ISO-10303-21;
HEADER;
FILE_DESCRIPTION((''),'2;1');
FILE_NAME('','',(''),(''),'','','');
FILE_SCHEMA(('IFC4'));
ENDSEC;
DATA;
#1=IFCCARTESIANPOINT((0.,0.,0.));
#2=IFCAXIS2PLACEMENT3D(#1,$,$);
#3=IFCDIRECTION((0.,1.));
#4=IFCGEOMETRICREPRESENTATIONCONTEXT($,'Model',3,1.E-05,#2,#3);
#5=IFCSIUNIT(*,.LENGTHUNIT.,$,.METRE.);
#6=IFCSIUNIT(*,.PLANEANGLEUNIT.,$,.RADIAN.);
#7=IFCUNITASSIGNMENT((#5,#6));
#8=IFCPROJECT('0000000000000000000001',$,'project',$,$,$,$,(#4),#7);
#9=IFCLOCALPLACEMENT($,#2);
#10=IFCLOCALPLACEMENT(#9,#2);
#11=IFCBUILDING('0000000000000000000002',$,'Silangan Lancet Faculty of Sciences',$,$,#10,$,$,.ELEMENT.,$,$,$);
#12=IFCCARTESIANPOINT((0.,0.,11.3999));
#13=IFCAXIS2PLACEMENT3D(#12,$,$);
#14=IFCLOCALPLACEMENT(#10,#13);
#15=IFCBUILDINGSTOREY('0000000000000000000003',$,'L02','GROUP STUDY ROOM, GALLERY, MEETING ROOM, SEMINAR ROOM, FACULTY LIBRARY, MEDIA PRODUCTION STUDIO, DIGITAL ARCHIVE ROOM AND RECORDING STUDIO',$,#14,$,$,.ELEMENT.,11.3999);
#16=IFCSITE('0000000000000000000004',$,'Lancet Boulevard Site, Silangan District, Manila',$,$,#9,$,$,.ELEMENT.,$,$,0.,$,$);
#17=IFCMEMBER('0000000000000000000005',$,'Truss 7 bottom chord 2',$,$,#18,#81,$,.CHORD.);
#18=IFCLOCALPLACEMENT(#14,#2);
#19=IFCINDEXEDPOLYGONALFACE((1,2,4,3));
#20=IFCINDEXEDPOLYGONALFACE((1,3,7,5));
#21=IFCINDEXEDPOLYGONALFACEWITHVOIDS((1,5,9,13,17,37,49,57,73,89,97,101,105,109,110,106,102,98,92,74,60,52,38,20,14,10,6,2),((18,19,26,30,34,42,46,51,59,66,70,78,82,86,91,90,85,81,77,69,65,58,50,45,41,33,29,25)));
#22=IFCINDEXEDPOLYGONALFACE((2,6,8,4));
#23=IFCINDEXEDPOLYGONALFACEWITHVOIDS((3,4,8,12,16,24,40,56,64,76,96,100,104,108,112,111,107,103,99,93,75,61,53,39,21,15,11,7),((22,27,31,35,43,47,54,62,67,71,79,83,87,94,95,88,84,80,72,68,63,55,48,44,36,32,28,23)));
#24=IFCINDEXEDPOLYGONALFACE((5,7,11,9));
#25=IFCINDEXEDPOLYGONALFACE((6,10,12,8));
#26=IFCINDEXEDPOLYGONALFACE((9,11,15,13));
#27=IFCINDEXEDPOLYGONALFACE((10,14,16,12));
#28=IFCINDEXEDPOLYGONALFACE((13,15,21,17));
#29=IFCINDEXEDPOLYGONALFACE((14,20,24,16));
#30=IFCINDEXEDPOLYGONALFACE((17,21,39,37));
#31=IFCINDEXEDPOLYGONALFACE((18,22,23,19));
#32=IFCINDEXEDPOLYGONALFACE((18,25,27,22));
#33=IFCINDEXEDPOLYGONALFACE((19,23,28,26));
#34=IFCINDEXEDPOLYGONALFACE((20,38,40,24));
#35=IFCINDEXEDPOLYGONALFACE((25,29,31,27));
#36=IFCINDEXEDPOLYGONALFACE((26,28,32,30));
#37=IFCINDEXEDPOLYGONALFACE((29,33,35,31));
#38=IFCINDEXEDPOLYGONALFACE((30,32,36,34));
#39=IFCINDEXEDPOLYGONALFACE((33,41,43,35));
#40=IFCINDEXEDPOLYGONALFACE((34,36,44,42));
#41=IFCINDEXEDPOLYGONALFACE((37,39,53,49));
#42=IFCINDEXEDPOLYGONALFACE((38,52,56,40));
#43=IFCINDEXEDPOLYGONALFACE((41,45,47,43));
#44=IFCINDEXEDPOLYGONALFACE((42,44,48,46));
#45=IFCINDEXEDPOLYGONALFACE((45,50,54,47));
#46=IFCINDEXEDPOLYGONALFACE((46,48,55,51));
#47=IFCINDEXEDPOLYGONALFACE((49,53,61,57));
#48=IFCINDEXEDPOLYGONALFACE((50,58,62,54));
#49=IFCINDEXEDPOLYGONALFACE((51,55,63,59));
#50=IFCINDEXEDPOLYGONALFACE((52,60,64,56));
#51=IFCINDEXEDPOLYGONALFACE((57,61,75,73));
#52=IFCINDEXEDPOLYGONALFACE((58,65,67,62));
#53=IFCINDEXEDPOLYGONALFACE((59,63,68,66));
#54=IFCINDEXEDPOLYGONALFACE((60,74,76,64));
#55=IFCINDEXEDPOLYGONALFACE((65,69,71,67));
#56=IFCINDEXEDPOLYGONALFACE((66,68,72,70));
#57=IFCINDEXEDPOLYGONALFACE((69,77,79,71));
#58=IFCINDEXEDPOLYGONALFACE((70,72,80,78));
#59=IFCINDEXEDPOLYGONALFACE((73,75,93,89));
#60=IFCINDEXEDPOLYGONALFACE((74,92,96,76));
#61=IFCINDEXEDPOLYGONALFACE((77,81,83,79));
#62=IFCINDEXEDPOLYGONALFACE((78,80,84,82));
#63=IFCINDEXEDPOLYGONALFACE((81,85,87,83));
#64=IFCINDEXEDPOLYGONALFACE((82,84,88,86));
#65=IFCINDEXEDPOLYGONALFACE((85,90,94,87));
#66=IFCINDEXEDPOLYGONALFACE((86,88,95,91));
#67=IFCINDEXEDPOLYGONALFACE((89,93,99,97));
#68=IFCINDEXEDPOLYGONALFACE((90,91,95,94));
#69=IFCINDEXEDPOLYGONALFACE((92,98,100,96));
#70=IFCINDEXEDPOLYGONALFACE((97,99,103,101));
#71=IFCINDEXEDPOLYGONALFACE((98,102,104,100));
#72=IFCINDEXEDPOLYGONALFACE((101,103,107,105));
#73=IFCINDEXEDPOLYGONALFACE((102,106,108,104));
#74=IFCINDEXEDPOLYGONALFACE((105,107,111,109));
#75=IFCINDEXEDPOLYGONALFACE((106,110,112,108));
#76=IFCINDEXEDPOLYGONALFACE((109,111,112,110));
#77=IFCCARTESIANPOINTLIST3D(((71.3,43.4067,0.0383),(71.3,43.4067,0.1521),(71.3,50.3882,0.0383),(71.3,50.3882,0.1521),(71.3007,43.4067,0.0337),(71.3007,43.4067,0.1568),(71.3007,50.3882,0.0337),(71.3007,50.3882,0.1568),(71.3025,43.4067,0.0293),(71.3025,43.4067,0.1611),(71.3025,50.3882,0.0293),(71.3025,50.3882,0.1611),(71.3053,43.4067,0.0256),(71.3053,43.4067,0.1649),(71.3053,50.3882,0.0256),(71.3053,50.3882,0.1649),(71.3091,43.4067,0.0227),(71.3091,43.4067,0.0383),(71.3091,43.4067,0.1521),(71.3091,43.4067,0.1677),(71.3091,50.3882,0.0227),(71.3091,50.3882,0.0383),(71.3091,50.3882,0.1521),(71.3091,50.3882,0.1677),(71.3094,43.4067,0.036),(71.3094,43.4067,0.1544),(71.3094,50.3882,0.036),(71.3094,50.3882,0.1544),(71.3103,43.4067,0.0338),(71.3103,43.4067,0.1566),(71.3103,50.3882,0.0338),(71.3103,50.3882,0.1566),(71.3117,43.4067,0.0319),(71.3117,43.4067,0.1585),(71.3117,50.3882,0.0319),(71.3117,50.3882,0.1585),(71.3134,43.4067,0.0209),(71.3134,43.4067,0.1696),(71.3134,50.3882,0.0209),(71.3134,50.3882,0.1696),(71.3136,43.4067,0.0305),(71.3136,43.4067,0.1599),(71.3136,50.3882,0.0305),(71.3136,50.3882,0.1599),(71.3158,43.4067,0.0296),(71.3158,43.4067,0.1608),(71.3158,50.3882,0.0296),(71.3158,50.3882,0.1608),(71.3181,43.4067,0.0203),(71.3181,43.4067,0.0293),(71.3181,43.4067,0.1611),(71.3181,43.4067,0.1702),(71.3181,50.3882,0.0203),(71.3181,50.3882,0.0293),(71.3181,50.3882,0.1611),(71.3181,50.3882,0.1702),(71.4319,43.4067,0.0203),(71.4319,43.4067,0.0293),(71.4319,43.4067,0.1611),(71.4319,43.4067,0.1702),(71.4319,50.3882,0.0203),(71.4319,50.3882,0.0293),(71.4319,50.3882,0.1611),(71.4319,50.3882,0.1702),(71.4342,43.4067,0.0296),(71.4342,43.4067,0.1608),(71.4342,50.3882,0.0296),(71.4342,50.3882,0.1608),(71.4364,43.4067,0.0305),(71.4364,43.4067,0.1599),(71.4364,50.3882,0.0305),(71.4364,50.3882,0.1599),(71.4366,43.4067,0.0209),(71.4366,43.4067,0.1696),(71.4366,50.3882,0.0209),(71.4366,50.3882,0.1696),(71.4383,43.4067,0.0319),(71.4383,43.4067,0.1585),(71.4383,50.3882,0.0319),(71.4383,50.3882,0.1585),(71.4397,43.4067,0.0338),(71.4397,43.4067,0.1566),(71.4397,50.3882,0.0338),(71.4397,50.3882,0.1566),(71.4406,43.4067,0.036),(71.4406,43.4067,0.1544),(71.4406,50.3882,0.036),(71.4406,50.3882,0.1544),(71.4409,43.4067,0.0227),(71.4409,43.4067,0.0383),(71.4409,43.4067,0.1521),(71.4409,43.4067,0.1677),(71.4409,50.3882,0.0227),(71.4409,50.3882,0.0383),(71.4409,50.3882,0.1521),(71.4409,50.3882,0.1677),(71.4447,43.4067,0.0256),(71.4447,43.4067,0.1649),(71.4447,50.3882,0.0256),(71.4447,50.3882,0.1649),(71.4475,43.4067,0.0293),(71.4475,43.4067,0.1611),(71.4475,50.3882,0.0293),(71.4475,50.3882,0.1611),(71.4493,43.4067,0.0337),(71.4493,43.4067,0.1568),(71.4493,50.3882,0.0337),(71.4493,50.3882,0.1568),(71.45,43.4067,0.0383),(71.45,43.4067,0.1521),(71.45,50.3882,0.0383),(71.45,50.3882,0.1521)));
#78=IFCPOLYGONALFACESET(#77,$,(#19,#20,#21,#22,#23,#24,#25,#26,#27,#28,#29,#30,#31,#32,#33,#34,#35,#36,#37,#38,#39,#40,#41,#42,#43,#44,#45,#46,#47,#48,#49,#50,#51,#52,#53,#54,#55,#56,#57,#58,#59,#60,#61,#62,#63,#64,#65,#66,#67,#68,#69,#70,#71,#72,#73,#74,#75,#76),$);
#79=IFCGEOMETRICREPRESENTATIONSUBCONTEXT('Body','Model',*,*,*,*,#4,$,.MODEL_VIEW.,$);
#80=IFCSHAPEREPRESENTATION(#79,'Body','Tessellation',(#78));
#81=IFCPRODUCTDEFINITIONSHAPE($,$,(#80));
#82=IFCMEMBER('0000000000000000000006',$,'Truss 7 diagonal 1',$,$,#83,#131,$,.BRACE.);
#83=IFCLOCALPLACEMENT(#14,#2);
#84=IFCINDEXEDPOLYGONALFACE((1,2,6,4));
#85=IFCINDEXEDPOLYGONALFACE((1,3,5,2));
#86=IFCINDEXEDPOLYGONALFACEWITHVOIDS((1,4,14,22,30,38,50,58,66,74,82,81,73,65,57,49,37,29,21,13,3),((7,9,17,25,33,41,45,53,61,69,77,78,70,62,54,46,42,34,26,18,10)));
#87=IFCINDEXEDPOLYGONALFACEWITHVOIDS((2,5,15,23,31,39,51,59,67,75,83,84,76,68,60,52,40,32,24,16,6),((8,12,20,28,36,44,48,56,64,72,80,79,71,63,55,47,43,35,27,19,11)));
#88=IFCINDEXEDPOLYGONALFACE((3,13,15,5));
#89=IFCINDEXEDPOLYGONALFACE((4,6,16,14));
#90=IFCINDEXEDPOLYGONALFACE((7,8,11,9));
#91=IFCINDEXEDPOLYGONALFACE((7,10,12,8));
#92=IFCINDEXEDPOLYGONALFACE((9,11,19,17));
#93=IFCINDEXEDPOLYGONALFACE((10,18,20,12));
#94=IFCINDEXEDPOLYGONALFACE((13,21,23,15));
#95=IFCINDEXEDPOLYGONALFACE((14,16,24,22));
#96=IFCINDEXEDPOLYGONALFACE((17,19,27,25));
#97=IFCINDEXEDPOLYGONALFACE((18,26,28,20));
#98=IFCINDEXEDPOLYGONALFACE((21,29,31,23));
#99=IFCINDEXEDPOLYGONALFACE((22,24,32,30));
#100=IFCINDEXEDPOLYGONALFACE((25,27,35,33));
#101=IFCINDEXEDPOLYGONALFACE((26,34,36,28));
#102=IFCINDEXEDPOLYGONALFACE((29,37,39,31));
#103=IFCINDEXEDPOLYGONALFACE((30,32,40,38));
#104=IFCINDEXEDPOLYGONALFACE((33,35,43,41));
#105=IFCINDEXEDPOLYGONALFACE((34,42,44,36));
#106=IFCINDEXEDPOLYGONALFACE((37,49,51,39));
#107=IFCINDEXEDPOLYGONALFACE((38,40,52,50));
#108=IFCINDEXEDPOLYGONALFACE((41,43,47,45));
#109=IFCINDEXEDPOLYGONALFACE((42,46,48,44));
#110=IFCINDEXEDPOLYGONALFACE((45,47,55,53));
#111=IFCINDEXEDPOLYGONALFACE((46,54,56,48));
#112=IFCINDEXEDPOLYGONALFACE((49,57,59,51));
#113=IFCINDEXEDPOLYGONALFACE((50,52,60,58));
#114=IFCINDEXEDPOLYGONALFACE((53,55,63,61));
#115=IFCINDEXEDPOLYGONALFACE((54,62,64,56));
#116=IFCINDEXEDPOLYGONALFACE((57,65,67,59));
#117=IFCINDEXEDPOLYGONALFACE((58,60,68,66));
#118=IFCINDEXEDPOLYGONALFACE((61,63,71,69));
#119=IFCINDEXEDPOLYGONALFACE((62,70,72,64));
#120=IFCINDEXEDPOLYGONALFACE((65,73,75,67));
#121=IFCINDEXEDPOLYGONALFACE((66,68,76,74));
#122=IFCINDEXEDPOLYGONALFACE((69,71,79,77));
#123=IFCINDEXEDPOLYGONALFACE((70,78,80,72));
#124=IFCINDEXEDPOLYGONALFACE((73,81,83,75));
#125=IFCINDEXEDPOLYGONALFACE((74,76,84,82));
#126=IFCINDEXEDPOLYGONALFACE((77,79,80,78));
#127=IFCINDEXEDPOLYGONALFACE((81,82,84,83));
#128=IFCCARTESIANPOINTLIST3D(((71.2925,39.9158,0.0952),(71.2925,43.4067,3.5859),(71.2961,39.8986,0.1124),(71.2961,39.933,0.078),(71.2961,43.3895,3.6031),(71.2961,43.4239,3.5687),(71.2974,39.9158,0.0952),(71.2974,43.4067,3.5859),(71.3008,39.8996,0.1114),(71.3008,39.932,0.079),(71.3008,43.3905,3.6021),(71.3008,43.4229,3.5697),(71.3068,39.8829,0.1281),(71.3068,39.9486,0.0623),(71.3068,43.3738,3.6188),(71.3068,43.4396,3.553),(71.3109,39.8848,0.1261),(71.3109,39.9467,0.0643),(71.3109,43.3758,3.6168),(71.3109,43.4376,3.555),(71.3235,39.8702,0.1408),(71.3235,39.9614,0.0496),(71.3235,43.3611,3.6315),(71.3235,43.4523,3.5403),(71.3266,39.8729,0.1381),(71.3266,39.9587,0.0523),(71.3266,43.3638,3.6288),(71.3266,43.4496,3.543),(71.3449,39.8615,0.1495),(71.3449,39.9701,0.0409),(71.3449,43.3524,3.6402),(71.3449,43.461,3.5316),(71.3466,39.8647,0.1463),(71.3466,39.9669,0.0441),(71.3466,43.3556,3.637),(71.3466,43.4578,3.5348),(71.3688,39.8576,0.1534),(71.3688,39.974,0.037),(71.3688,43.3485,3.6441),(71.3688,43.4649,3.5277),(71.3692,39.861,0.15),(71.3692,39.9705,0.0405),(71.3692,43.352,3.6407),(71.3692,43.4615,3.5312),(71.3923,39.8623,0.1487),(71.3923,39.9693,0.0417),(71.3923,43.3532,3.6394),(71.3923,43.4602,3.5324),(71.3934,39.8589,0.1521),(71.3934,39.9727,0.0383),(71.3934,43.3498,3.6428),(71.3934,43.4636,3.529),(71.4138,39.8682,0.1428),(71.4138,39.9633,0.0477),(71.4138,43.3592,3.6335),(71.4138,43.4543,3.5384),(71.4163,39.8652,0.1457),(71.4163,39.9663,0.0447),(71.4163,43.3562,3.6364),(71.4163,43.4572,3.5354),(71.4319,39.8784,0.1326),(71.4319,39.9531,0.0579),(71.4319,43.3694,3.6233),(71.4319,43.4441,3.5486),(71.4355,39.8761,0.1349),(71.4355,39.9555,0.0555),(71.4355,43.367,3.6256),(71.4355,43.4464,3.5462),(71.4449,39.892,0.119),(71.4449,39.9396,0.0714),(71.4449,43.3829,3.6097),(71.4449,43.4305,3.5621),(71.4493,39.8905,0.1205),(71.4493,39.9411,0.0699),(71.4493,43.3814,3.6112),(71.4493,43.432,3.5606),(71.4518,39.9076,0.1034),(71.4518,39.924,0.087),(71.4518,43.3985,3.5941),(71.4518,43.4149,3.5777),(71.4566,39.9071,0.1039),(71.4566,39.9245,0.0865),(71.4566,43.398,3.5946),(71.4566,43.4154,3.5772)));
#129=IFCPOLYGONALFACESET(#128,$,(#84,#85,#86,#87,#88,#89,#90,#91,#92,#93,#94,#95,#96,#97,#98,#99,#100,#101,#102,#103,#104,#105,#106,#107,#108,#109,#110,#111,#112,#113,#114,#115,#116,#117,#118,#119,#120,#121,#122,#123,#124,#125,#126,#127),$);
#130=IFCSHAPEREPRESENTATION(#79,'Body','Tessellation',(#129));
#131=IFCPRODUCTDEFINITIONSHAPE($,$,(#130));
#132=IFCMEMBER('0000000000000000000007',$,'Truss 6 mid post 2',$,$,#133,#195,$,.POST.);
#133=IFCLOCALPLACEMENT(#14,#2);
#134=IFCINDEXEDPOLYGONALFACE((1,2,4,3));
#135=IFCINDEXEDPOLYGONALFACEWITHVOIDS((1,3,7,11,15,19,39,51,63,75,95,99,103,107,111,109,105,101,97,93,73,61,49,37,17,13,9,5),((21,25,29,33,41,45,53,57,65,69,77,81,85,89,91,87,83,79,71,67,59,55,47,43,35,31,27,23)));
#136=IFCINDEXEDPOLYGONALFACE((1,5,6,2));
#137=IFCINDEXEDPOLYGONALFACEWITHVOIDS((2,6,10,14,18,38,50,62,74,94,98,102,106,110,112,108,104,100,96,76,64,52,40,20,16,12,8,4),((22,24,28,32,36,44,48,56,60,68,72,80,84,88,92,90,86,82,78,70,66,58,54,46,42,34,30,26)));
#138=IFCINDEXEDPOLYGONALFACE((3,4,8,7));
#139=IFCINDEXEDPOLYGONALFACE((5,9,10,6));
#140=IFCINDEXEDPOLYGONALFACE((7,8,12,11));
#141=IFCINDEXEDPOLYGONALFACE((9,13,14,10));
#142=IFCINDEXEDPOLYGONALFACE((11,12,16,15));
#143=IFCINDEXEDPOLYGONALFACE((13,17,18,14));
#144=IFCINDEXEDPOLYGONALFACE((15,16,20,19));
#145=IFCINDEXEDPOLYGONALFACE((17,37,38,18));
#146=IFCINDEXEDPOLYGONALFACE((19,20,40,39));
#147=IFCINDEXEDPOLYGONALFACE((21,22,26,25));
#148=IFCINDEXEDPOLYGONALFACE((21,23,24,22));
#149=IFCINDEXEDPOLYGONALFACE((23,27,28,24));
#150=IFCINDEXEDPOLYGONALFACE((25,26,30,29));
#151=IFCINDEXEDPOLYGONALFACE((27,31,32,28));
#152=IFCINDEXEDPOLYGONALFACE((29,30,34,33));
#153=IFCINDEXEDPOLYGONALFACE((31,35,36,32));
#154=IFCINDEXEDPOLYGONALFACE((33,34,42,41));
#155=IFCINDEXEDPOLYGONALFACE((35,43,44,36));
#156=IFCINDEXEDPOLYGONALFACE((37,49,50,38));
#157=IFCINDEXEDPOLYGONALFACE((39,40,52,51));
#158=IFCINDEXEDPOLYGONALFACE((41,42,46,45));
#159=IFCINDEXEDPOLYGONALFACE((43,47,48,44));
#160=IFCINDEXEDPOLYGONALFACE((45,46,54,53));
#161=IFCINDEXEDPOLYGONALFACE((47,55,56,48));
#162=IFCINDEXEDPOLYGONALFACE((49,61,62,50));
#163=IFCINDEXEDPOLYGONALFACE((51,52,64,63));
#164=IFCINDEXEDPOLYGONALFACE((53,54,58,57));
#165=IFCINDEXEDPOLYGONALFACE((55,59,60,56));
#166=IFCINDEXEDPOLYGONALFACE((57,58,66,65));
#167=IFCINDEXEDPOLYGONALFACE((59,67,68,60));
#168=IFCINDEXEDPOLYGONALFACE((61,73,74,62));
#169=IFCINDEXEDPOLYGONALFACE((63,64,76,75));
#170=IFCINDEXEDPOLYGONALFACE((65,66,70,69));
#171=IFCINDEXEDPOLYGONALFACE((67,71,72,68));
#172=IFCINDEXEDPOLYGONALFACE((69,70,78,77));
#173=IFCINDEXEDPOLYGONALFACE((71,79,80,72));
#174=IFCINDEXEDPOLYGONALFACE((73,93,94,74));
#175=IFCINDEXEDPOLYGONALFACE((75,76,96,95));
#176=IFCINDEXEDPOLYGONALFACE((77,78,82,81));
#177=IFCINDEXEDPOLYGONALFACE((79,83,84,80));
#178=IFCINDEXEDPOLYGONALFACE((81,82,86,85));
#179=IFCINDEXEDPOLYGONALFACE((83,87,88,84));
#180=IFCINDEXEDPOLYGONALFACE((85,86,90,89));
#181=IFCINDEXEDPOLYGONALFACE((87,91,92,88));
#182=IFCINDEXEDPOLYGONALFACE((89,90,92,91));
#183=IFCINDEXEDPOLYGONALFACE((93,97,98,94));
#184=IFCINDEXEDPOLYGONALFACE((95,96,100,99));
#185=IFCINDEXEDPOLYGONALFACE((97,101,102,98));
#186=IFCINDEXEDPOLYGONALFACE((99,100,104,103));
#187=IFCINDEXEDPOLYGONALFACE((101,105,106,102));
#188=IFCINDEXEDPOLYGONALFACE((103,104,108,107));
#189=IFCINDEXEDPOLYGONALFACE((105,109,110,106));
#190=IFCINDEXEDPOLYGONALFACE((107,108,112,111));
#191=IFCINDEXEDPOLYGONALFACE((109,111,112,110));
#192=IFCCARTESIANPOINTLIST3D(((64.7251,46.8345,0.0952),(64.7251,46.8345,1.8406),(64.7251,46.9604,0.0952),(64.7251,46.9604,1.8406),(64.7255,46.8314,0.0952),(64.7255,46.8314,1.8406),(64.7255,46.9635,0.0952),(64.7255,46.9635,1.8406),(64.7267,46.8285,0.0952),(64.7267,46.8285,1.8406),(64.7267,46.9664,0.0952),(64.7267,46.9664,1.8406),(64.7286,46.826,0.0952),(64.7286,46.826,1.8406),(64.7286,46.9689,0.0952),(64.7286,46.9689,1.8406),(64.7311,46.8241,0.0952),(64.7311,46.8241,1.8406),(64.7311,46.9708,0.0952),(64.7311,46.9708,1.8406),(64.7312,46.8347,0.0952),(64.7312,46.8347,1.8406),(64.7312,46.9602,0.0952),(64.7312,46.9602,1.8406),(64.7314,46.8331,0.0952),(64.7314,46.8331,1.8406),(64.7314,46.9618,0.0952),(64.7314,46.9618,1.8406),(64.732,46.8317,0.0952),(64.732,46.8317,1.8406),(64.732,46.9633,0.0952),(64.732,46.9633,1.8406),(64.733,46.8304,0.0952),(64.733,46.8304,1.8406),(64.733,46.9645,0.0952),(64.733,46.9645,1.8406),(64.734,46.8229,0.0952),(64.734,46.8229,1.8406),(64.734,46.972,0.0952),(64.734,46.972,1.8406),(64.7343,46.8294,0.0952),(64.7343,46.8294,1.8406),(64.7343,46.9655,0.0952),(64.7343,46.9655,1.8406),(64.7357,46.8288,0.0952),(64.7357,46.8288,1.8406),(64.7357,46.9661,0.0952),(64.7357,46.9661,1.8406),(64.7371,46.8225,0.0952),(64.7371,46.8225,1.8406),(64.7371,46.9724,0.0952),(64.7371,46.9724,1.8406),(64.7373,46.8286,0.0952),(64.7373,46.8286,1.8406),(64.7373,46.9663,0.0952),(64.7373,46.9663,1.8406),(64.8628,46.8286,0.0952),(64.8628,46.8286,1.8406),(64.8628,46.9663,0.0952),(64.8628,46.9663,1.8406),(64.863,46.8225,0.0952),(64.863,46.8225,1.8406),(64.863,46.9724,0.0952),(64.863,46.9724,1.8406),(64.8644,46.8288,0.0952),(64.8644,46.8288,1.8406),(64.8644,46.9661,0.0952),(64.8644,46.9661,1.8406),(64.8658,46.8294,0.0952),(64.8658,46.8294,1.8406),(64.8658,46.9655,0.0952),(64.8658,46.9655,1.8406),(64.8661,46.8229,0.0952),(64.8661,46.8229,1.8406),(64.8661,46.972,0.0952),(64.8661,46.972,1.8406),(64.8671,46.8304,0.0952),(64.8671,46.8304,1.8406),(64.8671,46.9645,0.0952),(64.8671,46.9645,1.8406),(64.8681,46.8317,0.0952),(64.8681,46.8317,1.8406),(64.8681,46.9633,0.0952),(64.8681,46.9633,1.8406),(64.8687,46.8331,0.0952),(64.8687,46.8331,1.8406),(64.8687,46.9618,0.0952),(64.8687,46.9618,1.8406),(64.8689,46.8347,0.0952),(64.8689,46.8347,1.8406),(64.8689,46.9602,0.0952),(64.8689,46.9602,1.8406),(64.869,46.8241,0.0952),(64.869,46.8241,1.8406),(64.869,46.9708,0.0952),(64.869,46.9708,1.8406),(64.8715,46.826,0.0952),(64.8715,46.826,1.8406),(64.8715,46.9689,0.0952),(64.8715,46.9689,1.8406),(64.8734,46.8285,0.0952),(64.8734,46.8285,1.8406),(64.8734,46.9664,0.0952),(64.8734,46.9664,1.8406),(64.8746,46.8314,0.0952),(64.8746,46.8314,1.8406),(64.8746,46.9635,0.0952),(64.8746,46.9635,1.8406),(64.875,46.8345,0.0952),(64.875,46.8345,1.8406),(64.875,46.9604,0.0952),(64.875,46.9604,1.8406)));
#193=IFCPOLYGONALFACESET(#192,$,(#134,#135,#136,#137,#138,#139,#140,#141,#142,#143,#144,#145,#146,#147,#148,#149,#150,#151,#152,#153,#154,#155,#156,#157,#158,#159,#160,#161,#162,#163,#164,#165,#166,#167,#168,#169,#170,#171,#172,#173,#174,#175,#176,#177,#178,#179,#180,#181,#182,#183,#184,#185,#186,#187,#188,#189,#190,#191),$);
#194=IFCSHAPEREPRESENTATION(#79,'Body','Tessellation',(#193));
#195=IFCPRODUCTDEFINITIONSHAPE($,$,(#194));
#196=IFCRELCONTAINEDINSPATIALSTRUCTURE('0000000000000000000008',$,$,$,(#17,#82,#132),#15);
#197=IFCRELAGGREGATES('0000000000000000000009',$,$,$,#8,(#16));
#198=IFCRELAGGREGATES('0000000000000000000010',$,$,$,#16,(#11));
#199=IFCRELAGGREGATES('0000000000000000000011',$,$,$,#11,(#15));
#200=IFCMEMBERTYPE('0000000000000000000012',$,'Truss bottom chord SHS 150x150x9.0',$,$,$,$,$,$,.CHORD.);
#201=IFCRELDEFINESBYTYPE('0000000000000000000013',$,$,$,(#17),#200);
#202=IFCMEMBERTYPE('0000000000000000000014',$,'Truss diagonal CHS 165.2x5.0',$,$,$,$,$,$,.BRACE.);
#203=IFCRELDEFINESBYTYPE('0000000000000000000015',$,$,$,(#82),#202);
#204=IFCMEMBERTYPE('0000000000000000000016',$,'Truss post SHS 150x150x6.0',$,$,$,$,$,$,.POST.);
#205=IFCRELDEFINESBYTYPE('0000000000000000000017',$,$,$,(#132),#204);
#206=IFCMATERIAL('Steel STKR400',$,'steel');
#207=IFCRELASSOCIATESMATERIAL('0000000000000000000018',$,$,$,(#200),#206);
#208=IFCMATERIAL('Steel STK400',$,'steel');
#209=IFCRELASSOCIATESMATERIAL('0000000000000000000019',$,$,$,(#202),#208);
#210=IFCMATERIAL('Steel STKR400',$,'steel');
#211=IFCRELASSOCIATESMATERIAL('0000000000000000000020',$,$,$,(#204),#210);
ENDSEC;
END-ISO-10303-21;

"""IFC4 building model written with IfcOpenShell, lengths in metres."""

from ifc_helpers import new_model, si_unit, direction, frame, origin, origin_2d, place, context, subcontext, project, spatial, hollow_rectangle, hollow_circle, extrude, material, material_profile, profile_set, type_object, element, save


model = new_model("IFC4")

# Units and contexts
model_context = context("Model", 3, precision=1e-05, world=origin(), true_north=direction((0.0, 1.0)))
body_context = subcontext(model_context, "Body", "Model", "MODEL_VIEW")
ifc_project = project(units=[si_unit("LENGTHUNIT", "METRE"), si_unit("PLANEANGLEUNIT", "RADIAN")], contexts=[model_context])

# Site, building, storey
site_placement = place(None, origin())
site = spatial("IfcSite", under=ifc_project, at=site_placement, Name="Lancet Boulevard Site, Silangan District, Manila", CompositionType="ELEMENT", RefElevation=0.0)
building_placement = place(site_placement, origin())
building = spatial("IfcBuilding", under=site, at=building_placement, Name="Silangan Lancet Faculty of Sciences", CompositionType="ELEMENT")
storey_placement = place(building_placement, frame((0.0, 0.0, 11.3999)))
storey = spatial("IfcBuildingStorey", under=building, at=storey_placement, Name="L02", Description="GROUP STUDY ROOM, GALLERY, MEETING ROOM, SEMINAR ROOM, FACULTY LIBRARY, MEDIA PRODUCTION STUDIO, DIGITAL ARCHIVE ROOM AND RECORDING STUDIO", CompositionType="ELEMENT", Elevation=11.3999)

# Members
ifc_material_1 = material(Name="Steel STKR400", Category="steel")
ifc_material_profile_1 = material_profile(ifc_material_1, hollow_rectangle(XDim=0.1499, YDim=0.1499, WallThickness=0.009, InnerFilletRadius=0.009, OuterFilletRadius=0.0181, at=origin_2d()), Name="SHS 150x150x9.0")
ifc_profile_set_1 = profile_set([ifc_material_profile_1], Name="Steel STKR400")
member_type_1 = type_object("IfcMemberType", Name="Truss bottom chord SHS 150x150x9.0", PredefinedType="CHORD", material=ifc_profile_set_1)
for number, where, z_axis, x_axis, name in (
    (1, (71.375, 43.4067, 0.0952), (0.0, 1.0, 0.0), (-1.0, 0.0, 0.0), "Truss 7 bottom chord 2"),
):
    element("IfcMember", number, at=place(storey_placement, frame(where, z_axis=z_axis, x_axis=x_axis)), inside=storey, type_object=member_type_1, Name=name, PredefinedType="CHORD", context=body_context, shape_type="SweptSolid", body=[
        extrude(hollow_rectangle(XDim=0.1499, YDim=0.1499, WallThickness=0.009, InnerFilletRadius=0.009, OuterFilletRadius=0.0181, at=origin_2d()), origin(), (0.0, 0.0, 1.0), 6.9814),
    ])
ifc_material_2 = material(Name="Steel STK400", Category="steel")
ifc_material_profile_2 = material_profile(ifc_material_2, hollow_circle(Radius=0.0825, WallThickness=0.0049, at=origin_2d()), Name="CHS 165.2x5.0")
ifc_profile_set_2 = profile_set([ifc_material_profile_2], Name="Steel STK400")
member_type_2 = type_object("IfcMemberType", Name="Truss diagonal CHS 165.2x5.0", PredefinedType="BRACE", material=ifc_profile_set_2)
member_1_placement = place(storey_placement, frame((71.375, 39.9158, 0.0952), z_axis=(0.0, 0.707132, 0.707082), x_axis=(-1.0, 0.0, 0.0)))
element("IfcMember", 2, at=member_1_placement, inside=storey, type_object=member_type_2, Name="Truss 7 diagonal 1", PredefinedType="BRACE", context=body_context, shape_type="SweptSolid", body=[
    extrude(hollow_circle(Radius=0.0825, WallThickness=0.0049, at=origin_2d()), origin(), (0.0, 0.0, 1.0), 4.9368),
])
ifc_material_3 = material(Name="Steel STKR400", Category="steel")
ifc_material_profile_3 = material_profile(ifc_material_3, hollow_rectangle(XDim=0.1499, YDim=0.1499, WallThickness=0.0061, InnerFilletRadius=0.0061, OuterFilletRadius=0.012, at=origin_2d()), Name="SHS 150x150x6.0")
ifc_profile_set_3 = profile_set([ifc_material_profile_3], Name="Steel STKR400")
member_type_3 = type_object("IfcMemberType", Name="Truss post SHS 150x150x6.0", PredefinedType="POST", material=ifc_profile_set_3)
member_2_placement = place(storey_placement, frame((64.8, 46.8975, 0.0952), z_axis=(0.0, 0.0, 1.0), x_axis=(1.0, 0.0, 0.0)))
element("IfcMember", 3, at=member_2_placement, inside=storey, type_object=member_type_3, Name="Truss 6 mid post 2", PredefinedType="POST", context=body_context, shape_type="SweptSolid", body=[
    extrude(hollow_rectangle(XDim=0.1499, YDim=0.1499, WallThickness=0.0061, InnerFilletRadius=0.0061, OuterFilletRadius=0.012, at=origin_2d()), origin(), (0.0, 0.0, 1.0), 1.7454),
])

save(model, "model.ifc")
